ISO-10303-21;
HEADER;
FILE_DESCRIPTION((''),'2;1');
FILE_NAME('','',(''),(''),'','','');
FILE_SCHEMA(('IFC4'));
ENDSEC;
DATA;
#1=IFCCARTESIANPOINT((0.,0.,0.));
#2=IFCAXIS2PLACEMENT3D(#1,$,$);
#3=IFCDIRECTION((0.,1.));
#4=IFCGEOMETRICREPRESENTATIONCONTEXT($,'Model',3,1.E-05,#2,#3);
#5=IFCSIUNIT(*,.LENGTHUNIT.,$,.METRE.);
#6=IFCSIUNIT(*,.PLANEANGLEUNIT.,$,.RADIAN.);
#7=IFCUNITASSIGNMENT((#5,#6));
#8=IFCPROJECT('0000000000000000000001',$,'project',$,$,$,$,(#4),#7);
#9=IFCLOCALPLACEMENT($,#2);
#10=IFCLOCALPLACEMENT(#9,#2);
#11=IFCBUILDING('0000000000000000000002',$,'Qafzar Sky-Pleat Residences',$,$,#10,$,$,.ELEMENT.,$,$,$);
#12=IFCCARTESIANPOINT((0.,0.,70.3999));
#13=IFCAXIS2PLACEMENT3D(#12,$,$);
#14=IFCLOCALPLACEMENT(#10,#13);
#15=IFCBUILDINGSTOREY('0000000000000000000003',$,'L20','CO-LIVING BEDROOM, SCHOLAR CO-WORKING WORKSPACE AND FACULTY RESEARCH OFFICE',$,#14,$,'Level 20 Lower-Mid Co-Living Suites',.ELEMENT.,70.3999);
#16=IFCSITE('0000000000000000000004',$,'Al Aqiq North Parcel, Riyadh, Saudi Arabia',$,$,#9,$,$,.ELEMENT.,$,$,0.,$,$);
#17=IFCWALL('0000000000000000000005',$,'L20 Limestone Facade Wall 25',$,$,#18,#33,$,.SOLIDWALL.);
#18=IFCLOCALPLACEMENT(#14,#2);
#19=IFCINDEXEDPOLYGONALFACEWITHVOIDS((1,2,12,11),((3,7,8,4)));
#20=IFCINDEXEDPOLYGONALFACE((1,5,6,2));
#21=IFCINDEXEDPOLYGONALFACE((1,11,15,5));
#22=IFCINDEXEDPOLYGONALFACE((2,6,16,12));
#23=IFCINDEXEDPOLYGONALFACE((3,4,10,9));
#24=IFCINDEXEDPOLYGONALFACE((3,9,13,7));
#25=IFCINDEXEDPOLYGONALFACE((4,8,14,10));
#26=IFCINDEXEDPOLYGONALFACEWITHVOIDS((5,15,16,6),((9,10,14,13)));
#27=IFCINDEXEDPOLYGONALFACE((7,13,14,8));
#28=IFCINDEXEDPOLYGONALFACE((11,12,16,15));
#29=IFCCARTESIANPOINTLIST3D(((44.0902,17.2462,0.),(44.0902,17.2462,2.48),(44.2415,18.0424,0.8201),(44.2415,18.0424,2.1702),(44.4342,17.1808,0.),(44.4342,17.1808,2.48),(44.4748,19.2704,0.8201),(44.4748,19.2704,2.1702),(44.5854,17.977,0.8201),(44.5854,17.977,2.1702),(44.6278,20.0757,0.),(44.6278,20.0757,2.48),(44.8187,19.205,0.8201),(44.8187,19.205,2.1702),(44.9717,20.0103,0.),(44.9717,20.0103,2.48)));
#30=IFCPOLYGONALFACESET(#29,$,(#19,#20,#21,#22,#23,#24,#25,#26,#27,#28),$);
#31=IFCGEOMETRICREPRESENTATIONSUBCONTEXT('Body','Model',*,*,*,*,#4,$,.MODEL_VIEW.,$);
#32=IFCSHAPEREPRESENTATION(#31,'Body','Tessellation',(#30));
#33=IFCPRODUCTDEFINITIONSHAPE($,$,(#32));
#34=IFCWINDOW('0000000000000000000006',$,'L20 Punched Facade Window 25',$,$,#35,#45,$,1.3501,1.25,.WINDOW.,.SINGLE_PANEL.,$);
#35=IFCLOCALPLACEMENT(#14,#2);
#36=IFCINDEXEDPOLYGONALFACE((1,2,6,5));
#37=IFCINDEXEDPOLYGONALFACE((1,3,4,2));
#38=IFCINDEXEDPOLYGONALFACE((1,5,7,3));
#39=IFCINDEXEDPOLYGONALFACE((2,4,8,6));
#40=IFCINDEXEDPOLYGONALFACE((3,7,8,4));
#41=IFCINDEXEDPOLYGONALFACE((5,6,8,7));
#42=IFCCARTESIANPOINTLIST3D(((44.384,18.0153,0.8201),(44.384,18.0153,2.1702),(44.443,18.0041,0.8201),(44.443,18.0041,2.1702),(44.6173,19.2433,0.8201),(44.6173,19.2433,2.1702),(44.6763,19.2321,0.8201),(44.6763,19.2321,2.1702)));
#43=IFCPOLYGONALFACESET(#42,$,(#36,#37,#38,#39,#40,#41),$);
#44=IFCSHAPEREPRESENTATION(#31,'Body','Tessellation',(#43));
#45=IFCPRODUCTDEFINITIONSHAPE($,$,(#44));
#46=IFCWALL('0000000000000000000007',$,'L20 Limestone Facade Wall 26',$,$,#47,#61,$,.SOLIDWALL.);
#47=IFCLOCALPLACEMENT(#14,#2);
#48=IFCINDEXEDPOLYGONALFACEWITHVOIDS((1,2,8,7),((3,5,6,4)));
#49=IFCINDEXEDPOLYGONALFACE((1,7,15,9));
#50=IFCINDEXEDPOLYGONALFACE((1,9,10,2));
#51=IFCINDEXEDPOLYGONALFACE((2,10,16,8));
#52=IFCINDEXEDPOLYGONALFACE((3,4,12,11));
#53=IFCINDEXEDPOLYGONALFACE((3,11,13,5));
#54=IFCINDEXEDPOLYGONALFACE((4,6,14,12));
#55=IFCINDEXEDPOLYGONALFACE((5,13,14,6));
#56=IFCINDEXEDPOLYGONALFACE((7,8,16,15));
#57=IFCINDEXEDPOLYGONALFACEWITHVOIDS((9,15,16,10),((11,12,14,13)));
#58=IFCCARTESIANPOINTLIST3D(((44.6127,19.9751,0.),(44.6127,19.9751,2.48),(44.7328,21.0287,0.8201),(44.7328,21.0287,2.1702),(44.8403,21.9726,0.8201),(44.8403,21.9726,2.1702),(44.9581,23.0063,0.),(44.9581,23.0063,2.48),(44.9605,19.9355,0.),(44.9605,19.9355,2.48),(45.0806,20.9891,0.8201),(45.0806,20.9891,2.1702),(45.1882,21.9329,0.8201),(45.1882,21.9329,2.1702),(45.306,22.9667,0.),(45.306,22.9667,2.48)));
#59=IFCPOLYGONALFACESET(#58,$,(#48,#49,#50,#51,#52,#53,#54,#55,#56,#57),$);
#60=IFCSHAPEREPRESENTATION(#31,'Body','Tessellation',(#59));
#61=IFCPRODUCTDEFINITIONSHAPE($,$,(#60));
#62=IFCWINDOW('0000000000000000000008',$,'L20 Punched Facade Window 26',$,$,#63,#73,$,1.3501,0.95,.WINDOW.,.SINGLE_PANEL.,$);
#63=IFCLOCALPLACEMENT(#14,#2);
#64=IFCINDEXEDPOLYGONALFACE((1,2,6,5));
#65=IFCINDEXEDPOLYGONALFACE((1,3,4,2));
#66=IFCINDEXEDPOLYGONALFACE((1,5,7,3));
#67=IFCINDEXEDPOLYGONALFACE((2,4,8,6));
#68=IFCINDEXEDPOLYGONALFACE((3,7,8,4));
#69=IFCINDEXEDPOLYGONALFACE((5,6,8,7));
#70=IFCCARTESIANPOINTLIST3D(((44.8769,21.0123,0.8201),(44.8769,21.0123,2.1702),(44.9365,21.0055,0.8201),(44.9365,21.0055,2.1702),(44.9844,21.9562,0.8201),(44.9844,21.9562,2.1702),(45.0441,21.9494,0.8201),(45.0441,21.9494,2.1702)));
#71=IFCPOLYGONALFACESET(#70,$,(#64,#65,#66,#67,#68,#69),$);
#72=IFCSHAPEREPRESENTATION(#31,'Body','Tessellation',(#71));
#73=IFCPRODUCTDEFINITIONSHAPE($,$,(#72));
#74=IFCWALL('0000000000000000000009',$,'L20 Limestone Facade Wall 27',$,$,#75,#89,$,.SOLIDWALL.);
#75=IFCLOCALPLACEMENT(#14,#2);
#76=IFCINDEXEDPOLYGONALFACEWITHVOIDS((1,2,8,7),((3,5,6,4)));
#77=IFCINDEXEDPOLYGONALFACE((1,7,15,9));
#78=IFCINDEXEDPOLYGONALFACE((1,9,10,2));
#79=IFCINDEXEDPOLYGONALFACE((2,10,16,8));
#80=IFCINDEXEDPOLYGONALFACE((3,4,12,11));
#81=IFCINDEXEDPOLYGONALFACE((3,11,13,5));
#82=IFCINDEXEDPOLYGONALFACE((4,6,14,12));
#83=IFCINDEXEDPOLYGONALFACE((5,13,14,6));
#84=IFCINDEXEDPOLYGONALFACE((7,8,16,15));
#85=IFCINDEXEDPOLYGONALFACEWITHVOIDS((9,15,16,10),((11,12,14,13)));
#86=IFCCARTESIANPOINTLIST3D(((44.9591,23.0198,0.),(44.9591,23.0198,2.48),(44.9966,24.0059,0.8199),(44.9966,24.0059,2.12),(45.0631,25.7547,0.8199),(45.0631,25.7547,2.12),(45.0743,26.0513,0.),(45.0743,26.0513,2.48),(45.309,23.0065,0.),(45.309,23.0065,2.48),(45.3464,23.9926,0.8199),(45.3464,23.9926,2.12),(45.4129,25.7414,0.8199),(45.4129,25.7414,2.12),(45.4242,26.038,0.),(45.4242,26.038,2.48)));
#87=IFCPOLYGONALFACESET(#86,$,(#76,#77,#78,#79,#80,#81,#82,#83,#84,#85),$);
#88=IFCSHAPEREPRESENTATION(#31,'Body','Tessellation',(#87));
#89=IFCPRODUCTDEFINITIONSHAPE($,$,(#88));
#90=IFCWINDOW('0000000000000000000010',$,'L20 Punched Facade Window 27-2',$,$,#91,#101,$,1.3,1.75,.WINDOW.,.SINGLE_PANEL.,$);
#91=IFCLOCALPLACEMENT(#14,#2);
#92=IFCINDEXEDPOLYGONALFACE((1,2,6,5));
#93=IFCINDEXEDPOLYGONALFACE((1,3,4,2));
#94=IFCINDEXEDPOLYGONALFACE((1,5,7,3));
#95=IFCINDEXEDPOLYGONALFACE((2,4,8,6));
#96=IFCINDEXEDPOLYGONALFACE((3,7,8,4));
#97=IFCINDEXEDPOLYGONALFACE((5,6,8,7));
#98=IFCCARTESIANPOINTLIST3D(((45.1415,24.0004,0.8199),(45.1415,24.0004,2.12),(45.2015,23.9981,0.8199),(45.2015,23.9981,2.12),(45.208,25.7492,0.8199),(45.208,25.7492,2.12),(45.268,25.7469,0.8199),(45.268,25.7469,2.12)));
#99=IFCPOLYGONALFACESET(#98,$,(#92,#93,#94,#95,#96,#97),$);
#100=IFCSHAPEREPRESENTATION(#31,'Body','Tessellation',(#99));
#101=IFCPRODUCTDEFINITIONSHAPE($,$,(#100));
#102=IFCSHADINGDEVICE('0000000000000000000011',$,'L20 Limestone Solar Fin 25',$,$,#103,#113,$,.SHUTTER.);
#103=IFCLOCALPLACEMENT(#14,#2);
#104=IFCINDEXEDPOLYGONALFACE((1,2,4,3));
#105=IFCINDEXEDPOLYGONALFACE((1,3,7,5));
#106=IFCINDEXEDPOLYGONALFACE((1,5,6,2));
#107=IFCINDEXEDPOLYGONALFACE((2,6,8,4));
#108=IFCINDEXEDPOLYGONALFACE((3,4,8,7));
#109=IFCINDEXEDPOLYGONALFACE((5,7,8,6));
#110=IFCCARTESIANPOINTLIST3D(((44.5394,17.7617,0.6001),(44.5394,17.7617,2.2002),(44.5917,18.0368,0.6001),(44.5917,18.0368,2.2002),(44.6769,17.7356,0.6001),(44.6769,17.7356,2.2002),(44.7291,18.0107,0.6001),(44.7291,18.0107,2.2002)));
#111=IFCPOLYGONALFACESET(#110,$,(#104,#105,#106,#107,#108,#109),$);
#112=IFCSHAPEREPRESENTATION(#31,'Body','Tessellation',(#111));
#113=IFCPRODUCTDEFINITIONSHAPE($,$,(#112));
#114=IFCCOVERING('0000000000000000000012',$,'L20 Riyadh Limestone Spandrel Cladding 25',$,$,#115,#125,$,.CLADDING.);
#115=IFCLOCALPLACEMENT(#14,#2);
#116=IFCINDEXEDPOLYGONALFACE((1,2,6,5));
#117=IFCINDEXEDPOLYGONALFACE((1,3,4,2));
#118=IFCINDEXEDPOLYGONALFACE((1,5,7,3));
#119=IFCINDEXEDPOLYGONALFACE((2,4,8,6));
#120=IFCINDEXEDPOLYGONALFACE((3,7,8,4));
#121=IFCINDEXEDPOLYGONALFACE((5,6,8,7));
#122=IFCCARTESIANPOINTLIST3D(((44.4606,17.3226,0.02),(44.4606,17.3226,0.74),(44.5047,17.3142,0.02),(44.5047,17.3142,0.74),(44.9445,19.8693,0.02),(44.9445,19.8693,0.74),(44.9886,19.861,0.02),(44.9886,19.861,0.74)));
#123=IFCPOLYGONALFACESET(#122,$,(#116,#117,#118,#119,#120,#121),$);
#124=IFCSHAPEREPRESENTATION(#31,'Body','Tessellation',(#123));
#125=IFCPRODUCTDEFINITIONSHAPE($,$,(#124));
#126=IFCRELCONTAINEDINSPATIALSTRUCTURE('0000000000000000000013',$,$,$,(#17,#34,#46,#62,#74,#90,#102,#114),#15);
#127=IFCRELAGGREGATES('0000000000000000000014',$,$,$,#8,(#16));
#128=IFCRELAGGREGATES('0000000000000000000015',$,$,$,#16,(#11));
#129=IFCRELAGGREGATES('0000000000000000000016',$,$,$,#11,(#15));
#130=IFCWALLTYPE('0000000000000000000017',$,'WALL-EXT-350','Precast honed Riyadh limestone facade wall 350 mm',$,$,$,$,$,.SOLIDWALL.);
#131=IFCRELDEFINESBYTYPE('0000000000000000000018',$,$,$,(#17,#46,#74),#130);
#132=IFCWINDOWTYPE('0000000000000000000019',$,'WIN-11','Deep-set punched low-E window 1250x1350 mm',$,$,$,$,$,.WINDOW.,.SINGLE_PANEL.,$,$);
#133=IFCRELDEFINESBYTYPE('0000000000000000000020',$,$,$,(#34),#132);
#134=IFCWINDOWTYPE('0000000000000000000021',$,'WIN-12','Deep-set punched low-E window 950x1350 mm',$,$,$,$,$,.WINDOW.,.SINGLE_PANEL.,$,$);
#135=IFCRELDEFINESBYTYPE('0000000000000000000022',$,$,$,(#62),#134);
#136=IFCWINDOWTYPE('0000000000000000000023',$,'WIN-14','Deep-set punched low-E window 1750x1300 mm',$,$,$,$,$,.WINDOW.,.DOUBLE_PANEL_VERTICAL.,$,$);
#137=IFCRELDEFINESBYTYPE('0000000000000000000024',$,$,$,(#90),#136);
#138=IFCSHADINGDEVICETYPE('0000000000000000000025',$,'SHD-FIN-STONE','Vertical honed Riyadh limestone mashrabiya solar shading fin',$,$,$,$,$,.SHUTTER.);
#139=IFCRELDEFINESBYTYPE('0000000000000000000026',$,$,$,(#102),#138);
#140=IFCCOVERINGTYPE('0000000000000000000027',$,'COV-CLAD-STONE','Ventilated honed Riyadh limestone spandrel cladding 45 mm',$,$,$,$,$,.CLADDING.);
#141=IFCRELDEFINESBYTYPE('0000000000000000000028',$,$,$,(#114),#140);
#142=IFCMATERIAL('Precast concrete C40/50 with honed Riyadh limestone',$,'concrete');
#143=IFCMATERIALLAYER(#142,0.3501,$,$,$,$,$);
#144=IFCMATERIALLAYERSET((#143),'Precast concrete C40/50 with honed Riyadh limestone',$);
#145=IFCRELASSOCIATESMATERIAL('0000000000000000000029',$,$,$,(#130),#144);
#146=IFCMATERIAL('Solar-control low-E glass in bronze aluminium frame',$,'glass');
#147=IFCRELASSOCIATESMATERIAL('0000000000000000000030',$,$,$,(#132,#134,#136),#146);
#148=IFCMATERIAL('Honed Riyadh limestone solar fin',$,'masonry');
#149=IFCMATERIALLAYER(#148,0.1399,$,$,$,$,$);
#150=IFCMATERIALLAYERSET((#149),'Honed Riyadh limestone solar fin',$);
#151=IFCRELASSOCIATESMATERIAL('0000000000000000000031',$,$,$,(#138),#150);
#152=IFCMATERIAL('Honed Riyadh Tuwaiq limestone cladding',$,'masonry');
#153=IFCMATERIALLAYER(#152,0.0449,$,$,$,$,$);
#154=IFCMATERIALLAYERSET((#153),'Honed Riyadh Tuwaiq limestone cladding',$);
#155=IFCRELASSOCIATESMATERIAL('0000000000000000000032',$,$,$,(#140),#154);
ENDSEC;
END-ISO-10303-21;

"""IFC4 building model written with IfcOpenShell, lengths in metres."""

from ifc_helpers import new_model, si_unit, direction, frame, frame_2d, origin, origin_2d, place, context, subcontext, project, spatial, rectangle, extrude, source, transform, mapped, material, layer, layer_set, type_object, element, fill, save


model = new_model("IFC4")

# Units and contexts
model_context = context("Model", 3, precision=1e-05, world=origin(), true_north=direction((0.0, 1.0)))
body_context = subcontext(model_context, "Body", "Model", "MODEL_VIEW")
ifc_project = project(units=[si_unit("LENGTHUNIT", "METRE"), si_unit("PLANEANGLEUNIT", "RADIAN")], contexts=[model_context])

# Site, building, storey
site_placement = place(None, origin())
site = spatial("IfcSite", under=ifc_project, at=site_placement, Name="Al Aqiq North Parcel, Riyadh, Saudi Arabia", CompositionType="ELEMENT", RefElevation=0.0)
building_placement = place(site_placement, origin())
building = spatial("IfcBuilding", under=site, at=building_placement, Name="Qafzar Sky-Pleat Residences", CompositionType="ELEMENT")
storey_placement = place(building_placement, frame((0.0, 0.0, 70.3999)))
storey = spatial("IfcBuildingStorey", under=building, at=storey_placement, Name="L20", Description="CO-LIVING BEDROOM, SCHOLAR CO-WORKING WORKSPACE AND FACULTY RESEARCH OFFICE", LongName="Level 20 Lower-Mid Co-Living Suites", CompositionType="ELEMENT", Elevation=70.3999)

# Shared definitions
ifc_material_1 = material(Name="Precast concrete C40/50 with honed Riyadh limestone", Category="concrete")
ifc_layer_1 = layer(ifc_material_1, 0.3501)
ifc_layer_set_1 = layer_set([ifc_layer_1], Name="Precast concrete C40/50 with honed Riyadh limestone")
wall_type_1 = type_object("IfcWallType", Name="WALL-EXT-350", Description="Precast honed Riyadh limestone facade wall 350 mm", PredefinedType="SOLIDWALL", material=ifc_layer_set_1)

# Walls, openings, windows
wall_1_placement = place(storey_placement, frame((44.2622, 17.2136, 0.0), z_axis=(0.0, 0.0, 1.0), x_axis=(0.186652, 0.982426, 0.0)))
wall_1 = element("IfcWall", 1, at=wall_1_placement, inside=storey, type_object=wall_type_1, Name="L20 Limestone Facade Wall 25", PredefinedType="SOLIDWALL", context=body_context, shape_type="SweptSolid", body=[
    extrude(rectangle(XDim=2.8801, YDim=0.3501, at=frame_2d((1.4399, 0.0))), origin(), (0.0, 0.0, 1.0), 2.48),
])
opening_1_placement = place(wall_1_placement, frame((0.8103, 0.0, 0.8201)))
opening_1 = element("IfcOpeningElement", 2, at=opening_1_placement, cuts=wall_1, PredefinedType="OPENING", context=body_context, shape_type="SweptSolid", body=[
    extrude(rectangle(XDim=1.25, YDim=1.3501, at=frame_2d((0.625, 0.675))), frame((0.0, 0.1851, 0.0), z_axis=(0.0, -1.0, 0.0), x_axis=(1.0, 0.0, 0.0)), (0.0, 0.0, 1.0), 0.3701),
])
ifc_material_2 = material(Name="Solar-control low-E glass in bronze aluminium frame", Category="glass")
window_type_1 = type_object("IfcWindowType", Name="WIN-11", Description="Deep-set punched low-E window 1250x1350 mm", PartitioningType="SINGLE_PANEL", PredefinedType="WINDOW", material=ifc_material_2)
shared_shape_1 = source(origin(), body_context, "Body", "SweptSolid", [
    extrude(rectangle(XDim=1.25, YDim=1.3501, at=frame_2d((0.625, 0.675))), frame((0.0, 0.03, 0.0), z_axis=(0.0, -1.0, 0.0), x_axis=(1.0, 0.0, 0.0)), (0.0, 0.0, 1.0), 0.0601),
])
window_1_placement = place(opening_1_placement, origin())
window_1 = element("IfcWindow", 3, at=window_1_placement, inside=storey, type_object=window_type_1, Name="L20 Punched Facade Window 25", OverallHeight=1.3501, OverallWidth=1.25, PartitioningType="SINGLE_PANEL", PredefinedType="WINDOW", context=body_context, shape_type="MappedRepresentation", body=[
    mapped(shared_shape_1, transform((0.0, 0.0, 0.0), x_axis=(1.0, 0.0, 0.0), y_axis=(0.0, 1.0, 0.0), z_axis=(0.0, 0.0, 1.0), scale=1.0)),
])
fill(opening_1, window_1)
wall_2_placement = place(storey_placement, frame((44.7866, 19.9553, 0.0), z_axis=(0.0, 0.0, 1.0), x_axis=(0.113233, 0.993568, 0.0)))
wall_2 = element("IfcWall", 4, at=wall_2_placement, inside=storey, type_object=wall_type_1, Name="L20 Limestone Facade Wall 26", PredefinedType="SOLIDWALL", context=body_context, shape_type="SweptSolid", body=[
    extrude(rectangle(XDim=3.0508, YDim=0.3501, at=frame_2d((1.5254, 0.0))), origin(), (0.0, 0.0, 1.0), 2.48),
])
opening_2_placement = place(wall_2_placement, frame((1.0603, 0.0, 0.8201)))
opening_2 = element("IfcOpeningElement", 5, at=opening_2_placement, cuts=wall_2, PredefinedType="OPENING", context=body_context, shape_type="SweptSolid", body=[
    extrude(rectangle(XDim=0.95, YDim=1.3501, at=frame_2d((0.4751, 0.675))), frame((0.0, 0.1851, 0.0), z_axis=(0.0, -1.0, 0.0), x_axis=(1.0, 0.0, 0.0)), (0.0, 0.0, 1.0), 0.3701),
])
window_type_2 = type_object("IfcWindowType", Name="WIN-12", Description="Deep-set punched low-E window 950x1350 mm", PartitioningType="SINGLE_PANEL", PredefinedType="WINDOW", material=ifc_material_2)
shared_shape_2 = source(origin(), body_context, "Body", "SweptSolid", [
    extrude(rectangle(XDim=0.95, YDim=1.3501, at=frame_2d((0.4751, 0.675))), frame((0.0, 0.03, 0.0), z_axis=(0.0, -1.0, 0.0), x_axis=(1.0, 0.0, 0.0)), (0.0, 0.0, 1.0), 0.0601),
])
window_2_placement = place(opening_2_placement, origin())
window_2 = element("IfcWindow", 6, at=window_2_placement, inside=storey, type_object=window_type_2, Name="L20 Punched Facade Window 26", OverallHeight=1.3501, OverallWidth=0.95, PartitioningType="SINGLE_PANEL", PredefinedType="WINDOW", context=body_context, shape_type="MappedRepresentation", body=[
    mapped(shared_shape_2, transform((0.0, 0.0, 0.0), x_axis=(1.0, 0.0, 0.0), y_axis=(0.0, 1.0, 0.0), z_axis=(0.0, 0.0, 1.0), scale=1.0)),
])
fill(opening_2, window_2)
wall_3_placement = place(storey_placement, frame((45.134, 23.0132, 0.0), z_axis=(0.0, 0.0, 1.0), x_axis=(0.037985, 0.999278, 0.0)))
wall_3 = element("IfcWall", 7, at=wall_3_placement, inside=storey, type_object=wall_type_1, Name="L20 Limestone Facade Wall 27", PredefinedType="SOLIDWALL", context=body_context, shape_type="SweptSolid", body=[
    extrude(rectangle(XDim=3.0337, YDim=0.3501, at=frame_2d((1.5168, 0.0))), origin(), (0.0, 0.0, 1.0), 2.48),
])
opening_3_placement = place(wall_3_placement, frame((0.9868, 0.0, 0.8201)))
opening_3 = element("IfcOpeningElement", 8, at=opening_3_placement, cuts=wall_3, PredefinedType="OPENING", context=body_context, shape_type="SweptSolid", body=[
    extrude(rectangle(XDim=1.75, YDim=1.3, at=frame_2d((0.875, 0.6499))), frame((0.0, 0.1851, 0.0), z_axis=(0.0, -1.0, 0.0), x_axis=(1.0, 0.0, 0.0)), (0.0, 0.0, 1.0), 0.3701),
])
window_type_3 = type_object("IfcWindowType", Name="WIN-14", Description="Deep-set punched low-E window 1750x1300 mm", PartitioningType="DOUBLE_PANEL_VERTICAL", PredefinedType="WINDOW", material=ifc_material_2)
shared_shape_3 = source(origin(), body_context, "Body", "SweptSolid", [
    extrude(rectangle(XDim=1.75, YDim=1.3, at=frame_2d((0.875, 0.6499))), frame((0.0, 0.03, 0.0), z_axis=(0.0, -1.0, 0.0), x_axis=(1.0, 0.0, 0.0)), (0.0, 0.0, 1.0), 0.0601),
])
window_3_placement = place(opening_3_placement, origin())
window_3 = element("IfcWindow", 9, at=window_3_placement, inside=storey, type_object=window_type_3, Name="L20 Punched Facade Window 27-2", OverallHeight=1.3, OverallWidth=1.75, PartitioningType="SINGLE_PANEL", PredefinedType="WINDOW", context=body_context, shape_type="MappedRepresentation", body=[
    mapped(shared_shape_3, transform((0.0, 0.0, 0.0), x_axis=(1.0, 0.0, 0.0), y_axis=(0.0, 1.0, 0.0), z_axis=(0.0, 0.0, 1.0), scale=1.0)),
])
fill(opening_3, window_3)

# Shading device
ifc_material_3 = material(Name="Honed Riyadh limestone solar fin", Category="masonry")
ifc_layer_2 = layer(ifc_material_3, 0.1399)
ifc_layer_set_2 = layer_set([ifc_layer_2], Name="Honed Riyadh limestone solar fin")
shading_device_type = type_object("IfcShadingDeviceType", Name="SHD-FIN-STONE", Description="Vertical honed Riyadh limestone mashrabiya solar shading fin", PredefinedType="SHUTTER", material=ifc_layer_set_2)
shared_shape_4 = source(origin(), body_context, "Body", "SweptSolid", [
    extrude(rectangle(XDim=0.1399, YDim=0.28, at=origin_2d()), origin(), (0.0, 0.0, 1.0), 1.6001),
])
shading_device_placement = place(storey_placement, frame((44.6343, 17.8862, 0.6001), z_axis=(0.0, 0.0, 1.0), x_axis=(0.982421, -0.186678, 0.0)))
element("IfcShadingDevice", 10, at=shading_device_placement, inside=storey, type_object=shading_device_type, Name="L20 Limestone Solar Fin 25", PredefinedType="SHUTTER", context=body_context, shape_type="MappedRepresentation", body=[
    mapped(shared_shape_4, transform((0.0, 0.0, 0.0), x_axis=(1.0, 0.0, 0.0), y_axis=(0.0, 1.0, 0.0), z_axis=(0.0, 0.0, 1.0), scale=1.0)),
])

# Covering
ifc_material_4 = material(Name="Honed Riyadh Tuwaiq limestone cladding", Category="masonry")
ifc_layer_3 = layer(ifc_material_4, 0.0449)
ifc_layer_set_3 = layer_set([ifc_layer_3], Name="Honed Riyadh Tuwaiq limestone cladding")
covering_type = type_object("IfcCoveringType", Name="COV-CLAD-STONE", Description="Ventilated honed Riyadh limestone spandrel cladding 45 mm", PredefinedType="CLADDING", material=ifc_layer_set_3)
shared_shape_5 = source(origin(), body_context, "Body", "SweptSolid", [
    extrude(rectangle(XDim=2.5923, YDim=0.0449, at=origin_2d()), origin(), (0.0, 0.0, 1.0), 0.72),
])
covering_placement = place(storey_placement, frame((44.7246, 18.5918, 0.02), z_axis=(0.0, 0.0, 1.0), x_axis=(0.18668, 0.982421, 0.0)))
element("IfcCovering", 11, at=covering_placement, inside=storey, type_object=covering_type, Name="L20 Riyadh Limestone Spandrel Cladding 25", PredefinedType="CLADDING", context=body_context, shape_type="MappedRepresentation", body=[
    mapped(shared_shape_5, transform((0.0, 0.0, 0.0), x_axis=(1.0, 0.0, 0.0), y_axis=(0.0, 1.0, 0.0), z_axis=(0.0, 0.0, 1.0), scale=1.0)),
])

save(model, "model.ifc")
